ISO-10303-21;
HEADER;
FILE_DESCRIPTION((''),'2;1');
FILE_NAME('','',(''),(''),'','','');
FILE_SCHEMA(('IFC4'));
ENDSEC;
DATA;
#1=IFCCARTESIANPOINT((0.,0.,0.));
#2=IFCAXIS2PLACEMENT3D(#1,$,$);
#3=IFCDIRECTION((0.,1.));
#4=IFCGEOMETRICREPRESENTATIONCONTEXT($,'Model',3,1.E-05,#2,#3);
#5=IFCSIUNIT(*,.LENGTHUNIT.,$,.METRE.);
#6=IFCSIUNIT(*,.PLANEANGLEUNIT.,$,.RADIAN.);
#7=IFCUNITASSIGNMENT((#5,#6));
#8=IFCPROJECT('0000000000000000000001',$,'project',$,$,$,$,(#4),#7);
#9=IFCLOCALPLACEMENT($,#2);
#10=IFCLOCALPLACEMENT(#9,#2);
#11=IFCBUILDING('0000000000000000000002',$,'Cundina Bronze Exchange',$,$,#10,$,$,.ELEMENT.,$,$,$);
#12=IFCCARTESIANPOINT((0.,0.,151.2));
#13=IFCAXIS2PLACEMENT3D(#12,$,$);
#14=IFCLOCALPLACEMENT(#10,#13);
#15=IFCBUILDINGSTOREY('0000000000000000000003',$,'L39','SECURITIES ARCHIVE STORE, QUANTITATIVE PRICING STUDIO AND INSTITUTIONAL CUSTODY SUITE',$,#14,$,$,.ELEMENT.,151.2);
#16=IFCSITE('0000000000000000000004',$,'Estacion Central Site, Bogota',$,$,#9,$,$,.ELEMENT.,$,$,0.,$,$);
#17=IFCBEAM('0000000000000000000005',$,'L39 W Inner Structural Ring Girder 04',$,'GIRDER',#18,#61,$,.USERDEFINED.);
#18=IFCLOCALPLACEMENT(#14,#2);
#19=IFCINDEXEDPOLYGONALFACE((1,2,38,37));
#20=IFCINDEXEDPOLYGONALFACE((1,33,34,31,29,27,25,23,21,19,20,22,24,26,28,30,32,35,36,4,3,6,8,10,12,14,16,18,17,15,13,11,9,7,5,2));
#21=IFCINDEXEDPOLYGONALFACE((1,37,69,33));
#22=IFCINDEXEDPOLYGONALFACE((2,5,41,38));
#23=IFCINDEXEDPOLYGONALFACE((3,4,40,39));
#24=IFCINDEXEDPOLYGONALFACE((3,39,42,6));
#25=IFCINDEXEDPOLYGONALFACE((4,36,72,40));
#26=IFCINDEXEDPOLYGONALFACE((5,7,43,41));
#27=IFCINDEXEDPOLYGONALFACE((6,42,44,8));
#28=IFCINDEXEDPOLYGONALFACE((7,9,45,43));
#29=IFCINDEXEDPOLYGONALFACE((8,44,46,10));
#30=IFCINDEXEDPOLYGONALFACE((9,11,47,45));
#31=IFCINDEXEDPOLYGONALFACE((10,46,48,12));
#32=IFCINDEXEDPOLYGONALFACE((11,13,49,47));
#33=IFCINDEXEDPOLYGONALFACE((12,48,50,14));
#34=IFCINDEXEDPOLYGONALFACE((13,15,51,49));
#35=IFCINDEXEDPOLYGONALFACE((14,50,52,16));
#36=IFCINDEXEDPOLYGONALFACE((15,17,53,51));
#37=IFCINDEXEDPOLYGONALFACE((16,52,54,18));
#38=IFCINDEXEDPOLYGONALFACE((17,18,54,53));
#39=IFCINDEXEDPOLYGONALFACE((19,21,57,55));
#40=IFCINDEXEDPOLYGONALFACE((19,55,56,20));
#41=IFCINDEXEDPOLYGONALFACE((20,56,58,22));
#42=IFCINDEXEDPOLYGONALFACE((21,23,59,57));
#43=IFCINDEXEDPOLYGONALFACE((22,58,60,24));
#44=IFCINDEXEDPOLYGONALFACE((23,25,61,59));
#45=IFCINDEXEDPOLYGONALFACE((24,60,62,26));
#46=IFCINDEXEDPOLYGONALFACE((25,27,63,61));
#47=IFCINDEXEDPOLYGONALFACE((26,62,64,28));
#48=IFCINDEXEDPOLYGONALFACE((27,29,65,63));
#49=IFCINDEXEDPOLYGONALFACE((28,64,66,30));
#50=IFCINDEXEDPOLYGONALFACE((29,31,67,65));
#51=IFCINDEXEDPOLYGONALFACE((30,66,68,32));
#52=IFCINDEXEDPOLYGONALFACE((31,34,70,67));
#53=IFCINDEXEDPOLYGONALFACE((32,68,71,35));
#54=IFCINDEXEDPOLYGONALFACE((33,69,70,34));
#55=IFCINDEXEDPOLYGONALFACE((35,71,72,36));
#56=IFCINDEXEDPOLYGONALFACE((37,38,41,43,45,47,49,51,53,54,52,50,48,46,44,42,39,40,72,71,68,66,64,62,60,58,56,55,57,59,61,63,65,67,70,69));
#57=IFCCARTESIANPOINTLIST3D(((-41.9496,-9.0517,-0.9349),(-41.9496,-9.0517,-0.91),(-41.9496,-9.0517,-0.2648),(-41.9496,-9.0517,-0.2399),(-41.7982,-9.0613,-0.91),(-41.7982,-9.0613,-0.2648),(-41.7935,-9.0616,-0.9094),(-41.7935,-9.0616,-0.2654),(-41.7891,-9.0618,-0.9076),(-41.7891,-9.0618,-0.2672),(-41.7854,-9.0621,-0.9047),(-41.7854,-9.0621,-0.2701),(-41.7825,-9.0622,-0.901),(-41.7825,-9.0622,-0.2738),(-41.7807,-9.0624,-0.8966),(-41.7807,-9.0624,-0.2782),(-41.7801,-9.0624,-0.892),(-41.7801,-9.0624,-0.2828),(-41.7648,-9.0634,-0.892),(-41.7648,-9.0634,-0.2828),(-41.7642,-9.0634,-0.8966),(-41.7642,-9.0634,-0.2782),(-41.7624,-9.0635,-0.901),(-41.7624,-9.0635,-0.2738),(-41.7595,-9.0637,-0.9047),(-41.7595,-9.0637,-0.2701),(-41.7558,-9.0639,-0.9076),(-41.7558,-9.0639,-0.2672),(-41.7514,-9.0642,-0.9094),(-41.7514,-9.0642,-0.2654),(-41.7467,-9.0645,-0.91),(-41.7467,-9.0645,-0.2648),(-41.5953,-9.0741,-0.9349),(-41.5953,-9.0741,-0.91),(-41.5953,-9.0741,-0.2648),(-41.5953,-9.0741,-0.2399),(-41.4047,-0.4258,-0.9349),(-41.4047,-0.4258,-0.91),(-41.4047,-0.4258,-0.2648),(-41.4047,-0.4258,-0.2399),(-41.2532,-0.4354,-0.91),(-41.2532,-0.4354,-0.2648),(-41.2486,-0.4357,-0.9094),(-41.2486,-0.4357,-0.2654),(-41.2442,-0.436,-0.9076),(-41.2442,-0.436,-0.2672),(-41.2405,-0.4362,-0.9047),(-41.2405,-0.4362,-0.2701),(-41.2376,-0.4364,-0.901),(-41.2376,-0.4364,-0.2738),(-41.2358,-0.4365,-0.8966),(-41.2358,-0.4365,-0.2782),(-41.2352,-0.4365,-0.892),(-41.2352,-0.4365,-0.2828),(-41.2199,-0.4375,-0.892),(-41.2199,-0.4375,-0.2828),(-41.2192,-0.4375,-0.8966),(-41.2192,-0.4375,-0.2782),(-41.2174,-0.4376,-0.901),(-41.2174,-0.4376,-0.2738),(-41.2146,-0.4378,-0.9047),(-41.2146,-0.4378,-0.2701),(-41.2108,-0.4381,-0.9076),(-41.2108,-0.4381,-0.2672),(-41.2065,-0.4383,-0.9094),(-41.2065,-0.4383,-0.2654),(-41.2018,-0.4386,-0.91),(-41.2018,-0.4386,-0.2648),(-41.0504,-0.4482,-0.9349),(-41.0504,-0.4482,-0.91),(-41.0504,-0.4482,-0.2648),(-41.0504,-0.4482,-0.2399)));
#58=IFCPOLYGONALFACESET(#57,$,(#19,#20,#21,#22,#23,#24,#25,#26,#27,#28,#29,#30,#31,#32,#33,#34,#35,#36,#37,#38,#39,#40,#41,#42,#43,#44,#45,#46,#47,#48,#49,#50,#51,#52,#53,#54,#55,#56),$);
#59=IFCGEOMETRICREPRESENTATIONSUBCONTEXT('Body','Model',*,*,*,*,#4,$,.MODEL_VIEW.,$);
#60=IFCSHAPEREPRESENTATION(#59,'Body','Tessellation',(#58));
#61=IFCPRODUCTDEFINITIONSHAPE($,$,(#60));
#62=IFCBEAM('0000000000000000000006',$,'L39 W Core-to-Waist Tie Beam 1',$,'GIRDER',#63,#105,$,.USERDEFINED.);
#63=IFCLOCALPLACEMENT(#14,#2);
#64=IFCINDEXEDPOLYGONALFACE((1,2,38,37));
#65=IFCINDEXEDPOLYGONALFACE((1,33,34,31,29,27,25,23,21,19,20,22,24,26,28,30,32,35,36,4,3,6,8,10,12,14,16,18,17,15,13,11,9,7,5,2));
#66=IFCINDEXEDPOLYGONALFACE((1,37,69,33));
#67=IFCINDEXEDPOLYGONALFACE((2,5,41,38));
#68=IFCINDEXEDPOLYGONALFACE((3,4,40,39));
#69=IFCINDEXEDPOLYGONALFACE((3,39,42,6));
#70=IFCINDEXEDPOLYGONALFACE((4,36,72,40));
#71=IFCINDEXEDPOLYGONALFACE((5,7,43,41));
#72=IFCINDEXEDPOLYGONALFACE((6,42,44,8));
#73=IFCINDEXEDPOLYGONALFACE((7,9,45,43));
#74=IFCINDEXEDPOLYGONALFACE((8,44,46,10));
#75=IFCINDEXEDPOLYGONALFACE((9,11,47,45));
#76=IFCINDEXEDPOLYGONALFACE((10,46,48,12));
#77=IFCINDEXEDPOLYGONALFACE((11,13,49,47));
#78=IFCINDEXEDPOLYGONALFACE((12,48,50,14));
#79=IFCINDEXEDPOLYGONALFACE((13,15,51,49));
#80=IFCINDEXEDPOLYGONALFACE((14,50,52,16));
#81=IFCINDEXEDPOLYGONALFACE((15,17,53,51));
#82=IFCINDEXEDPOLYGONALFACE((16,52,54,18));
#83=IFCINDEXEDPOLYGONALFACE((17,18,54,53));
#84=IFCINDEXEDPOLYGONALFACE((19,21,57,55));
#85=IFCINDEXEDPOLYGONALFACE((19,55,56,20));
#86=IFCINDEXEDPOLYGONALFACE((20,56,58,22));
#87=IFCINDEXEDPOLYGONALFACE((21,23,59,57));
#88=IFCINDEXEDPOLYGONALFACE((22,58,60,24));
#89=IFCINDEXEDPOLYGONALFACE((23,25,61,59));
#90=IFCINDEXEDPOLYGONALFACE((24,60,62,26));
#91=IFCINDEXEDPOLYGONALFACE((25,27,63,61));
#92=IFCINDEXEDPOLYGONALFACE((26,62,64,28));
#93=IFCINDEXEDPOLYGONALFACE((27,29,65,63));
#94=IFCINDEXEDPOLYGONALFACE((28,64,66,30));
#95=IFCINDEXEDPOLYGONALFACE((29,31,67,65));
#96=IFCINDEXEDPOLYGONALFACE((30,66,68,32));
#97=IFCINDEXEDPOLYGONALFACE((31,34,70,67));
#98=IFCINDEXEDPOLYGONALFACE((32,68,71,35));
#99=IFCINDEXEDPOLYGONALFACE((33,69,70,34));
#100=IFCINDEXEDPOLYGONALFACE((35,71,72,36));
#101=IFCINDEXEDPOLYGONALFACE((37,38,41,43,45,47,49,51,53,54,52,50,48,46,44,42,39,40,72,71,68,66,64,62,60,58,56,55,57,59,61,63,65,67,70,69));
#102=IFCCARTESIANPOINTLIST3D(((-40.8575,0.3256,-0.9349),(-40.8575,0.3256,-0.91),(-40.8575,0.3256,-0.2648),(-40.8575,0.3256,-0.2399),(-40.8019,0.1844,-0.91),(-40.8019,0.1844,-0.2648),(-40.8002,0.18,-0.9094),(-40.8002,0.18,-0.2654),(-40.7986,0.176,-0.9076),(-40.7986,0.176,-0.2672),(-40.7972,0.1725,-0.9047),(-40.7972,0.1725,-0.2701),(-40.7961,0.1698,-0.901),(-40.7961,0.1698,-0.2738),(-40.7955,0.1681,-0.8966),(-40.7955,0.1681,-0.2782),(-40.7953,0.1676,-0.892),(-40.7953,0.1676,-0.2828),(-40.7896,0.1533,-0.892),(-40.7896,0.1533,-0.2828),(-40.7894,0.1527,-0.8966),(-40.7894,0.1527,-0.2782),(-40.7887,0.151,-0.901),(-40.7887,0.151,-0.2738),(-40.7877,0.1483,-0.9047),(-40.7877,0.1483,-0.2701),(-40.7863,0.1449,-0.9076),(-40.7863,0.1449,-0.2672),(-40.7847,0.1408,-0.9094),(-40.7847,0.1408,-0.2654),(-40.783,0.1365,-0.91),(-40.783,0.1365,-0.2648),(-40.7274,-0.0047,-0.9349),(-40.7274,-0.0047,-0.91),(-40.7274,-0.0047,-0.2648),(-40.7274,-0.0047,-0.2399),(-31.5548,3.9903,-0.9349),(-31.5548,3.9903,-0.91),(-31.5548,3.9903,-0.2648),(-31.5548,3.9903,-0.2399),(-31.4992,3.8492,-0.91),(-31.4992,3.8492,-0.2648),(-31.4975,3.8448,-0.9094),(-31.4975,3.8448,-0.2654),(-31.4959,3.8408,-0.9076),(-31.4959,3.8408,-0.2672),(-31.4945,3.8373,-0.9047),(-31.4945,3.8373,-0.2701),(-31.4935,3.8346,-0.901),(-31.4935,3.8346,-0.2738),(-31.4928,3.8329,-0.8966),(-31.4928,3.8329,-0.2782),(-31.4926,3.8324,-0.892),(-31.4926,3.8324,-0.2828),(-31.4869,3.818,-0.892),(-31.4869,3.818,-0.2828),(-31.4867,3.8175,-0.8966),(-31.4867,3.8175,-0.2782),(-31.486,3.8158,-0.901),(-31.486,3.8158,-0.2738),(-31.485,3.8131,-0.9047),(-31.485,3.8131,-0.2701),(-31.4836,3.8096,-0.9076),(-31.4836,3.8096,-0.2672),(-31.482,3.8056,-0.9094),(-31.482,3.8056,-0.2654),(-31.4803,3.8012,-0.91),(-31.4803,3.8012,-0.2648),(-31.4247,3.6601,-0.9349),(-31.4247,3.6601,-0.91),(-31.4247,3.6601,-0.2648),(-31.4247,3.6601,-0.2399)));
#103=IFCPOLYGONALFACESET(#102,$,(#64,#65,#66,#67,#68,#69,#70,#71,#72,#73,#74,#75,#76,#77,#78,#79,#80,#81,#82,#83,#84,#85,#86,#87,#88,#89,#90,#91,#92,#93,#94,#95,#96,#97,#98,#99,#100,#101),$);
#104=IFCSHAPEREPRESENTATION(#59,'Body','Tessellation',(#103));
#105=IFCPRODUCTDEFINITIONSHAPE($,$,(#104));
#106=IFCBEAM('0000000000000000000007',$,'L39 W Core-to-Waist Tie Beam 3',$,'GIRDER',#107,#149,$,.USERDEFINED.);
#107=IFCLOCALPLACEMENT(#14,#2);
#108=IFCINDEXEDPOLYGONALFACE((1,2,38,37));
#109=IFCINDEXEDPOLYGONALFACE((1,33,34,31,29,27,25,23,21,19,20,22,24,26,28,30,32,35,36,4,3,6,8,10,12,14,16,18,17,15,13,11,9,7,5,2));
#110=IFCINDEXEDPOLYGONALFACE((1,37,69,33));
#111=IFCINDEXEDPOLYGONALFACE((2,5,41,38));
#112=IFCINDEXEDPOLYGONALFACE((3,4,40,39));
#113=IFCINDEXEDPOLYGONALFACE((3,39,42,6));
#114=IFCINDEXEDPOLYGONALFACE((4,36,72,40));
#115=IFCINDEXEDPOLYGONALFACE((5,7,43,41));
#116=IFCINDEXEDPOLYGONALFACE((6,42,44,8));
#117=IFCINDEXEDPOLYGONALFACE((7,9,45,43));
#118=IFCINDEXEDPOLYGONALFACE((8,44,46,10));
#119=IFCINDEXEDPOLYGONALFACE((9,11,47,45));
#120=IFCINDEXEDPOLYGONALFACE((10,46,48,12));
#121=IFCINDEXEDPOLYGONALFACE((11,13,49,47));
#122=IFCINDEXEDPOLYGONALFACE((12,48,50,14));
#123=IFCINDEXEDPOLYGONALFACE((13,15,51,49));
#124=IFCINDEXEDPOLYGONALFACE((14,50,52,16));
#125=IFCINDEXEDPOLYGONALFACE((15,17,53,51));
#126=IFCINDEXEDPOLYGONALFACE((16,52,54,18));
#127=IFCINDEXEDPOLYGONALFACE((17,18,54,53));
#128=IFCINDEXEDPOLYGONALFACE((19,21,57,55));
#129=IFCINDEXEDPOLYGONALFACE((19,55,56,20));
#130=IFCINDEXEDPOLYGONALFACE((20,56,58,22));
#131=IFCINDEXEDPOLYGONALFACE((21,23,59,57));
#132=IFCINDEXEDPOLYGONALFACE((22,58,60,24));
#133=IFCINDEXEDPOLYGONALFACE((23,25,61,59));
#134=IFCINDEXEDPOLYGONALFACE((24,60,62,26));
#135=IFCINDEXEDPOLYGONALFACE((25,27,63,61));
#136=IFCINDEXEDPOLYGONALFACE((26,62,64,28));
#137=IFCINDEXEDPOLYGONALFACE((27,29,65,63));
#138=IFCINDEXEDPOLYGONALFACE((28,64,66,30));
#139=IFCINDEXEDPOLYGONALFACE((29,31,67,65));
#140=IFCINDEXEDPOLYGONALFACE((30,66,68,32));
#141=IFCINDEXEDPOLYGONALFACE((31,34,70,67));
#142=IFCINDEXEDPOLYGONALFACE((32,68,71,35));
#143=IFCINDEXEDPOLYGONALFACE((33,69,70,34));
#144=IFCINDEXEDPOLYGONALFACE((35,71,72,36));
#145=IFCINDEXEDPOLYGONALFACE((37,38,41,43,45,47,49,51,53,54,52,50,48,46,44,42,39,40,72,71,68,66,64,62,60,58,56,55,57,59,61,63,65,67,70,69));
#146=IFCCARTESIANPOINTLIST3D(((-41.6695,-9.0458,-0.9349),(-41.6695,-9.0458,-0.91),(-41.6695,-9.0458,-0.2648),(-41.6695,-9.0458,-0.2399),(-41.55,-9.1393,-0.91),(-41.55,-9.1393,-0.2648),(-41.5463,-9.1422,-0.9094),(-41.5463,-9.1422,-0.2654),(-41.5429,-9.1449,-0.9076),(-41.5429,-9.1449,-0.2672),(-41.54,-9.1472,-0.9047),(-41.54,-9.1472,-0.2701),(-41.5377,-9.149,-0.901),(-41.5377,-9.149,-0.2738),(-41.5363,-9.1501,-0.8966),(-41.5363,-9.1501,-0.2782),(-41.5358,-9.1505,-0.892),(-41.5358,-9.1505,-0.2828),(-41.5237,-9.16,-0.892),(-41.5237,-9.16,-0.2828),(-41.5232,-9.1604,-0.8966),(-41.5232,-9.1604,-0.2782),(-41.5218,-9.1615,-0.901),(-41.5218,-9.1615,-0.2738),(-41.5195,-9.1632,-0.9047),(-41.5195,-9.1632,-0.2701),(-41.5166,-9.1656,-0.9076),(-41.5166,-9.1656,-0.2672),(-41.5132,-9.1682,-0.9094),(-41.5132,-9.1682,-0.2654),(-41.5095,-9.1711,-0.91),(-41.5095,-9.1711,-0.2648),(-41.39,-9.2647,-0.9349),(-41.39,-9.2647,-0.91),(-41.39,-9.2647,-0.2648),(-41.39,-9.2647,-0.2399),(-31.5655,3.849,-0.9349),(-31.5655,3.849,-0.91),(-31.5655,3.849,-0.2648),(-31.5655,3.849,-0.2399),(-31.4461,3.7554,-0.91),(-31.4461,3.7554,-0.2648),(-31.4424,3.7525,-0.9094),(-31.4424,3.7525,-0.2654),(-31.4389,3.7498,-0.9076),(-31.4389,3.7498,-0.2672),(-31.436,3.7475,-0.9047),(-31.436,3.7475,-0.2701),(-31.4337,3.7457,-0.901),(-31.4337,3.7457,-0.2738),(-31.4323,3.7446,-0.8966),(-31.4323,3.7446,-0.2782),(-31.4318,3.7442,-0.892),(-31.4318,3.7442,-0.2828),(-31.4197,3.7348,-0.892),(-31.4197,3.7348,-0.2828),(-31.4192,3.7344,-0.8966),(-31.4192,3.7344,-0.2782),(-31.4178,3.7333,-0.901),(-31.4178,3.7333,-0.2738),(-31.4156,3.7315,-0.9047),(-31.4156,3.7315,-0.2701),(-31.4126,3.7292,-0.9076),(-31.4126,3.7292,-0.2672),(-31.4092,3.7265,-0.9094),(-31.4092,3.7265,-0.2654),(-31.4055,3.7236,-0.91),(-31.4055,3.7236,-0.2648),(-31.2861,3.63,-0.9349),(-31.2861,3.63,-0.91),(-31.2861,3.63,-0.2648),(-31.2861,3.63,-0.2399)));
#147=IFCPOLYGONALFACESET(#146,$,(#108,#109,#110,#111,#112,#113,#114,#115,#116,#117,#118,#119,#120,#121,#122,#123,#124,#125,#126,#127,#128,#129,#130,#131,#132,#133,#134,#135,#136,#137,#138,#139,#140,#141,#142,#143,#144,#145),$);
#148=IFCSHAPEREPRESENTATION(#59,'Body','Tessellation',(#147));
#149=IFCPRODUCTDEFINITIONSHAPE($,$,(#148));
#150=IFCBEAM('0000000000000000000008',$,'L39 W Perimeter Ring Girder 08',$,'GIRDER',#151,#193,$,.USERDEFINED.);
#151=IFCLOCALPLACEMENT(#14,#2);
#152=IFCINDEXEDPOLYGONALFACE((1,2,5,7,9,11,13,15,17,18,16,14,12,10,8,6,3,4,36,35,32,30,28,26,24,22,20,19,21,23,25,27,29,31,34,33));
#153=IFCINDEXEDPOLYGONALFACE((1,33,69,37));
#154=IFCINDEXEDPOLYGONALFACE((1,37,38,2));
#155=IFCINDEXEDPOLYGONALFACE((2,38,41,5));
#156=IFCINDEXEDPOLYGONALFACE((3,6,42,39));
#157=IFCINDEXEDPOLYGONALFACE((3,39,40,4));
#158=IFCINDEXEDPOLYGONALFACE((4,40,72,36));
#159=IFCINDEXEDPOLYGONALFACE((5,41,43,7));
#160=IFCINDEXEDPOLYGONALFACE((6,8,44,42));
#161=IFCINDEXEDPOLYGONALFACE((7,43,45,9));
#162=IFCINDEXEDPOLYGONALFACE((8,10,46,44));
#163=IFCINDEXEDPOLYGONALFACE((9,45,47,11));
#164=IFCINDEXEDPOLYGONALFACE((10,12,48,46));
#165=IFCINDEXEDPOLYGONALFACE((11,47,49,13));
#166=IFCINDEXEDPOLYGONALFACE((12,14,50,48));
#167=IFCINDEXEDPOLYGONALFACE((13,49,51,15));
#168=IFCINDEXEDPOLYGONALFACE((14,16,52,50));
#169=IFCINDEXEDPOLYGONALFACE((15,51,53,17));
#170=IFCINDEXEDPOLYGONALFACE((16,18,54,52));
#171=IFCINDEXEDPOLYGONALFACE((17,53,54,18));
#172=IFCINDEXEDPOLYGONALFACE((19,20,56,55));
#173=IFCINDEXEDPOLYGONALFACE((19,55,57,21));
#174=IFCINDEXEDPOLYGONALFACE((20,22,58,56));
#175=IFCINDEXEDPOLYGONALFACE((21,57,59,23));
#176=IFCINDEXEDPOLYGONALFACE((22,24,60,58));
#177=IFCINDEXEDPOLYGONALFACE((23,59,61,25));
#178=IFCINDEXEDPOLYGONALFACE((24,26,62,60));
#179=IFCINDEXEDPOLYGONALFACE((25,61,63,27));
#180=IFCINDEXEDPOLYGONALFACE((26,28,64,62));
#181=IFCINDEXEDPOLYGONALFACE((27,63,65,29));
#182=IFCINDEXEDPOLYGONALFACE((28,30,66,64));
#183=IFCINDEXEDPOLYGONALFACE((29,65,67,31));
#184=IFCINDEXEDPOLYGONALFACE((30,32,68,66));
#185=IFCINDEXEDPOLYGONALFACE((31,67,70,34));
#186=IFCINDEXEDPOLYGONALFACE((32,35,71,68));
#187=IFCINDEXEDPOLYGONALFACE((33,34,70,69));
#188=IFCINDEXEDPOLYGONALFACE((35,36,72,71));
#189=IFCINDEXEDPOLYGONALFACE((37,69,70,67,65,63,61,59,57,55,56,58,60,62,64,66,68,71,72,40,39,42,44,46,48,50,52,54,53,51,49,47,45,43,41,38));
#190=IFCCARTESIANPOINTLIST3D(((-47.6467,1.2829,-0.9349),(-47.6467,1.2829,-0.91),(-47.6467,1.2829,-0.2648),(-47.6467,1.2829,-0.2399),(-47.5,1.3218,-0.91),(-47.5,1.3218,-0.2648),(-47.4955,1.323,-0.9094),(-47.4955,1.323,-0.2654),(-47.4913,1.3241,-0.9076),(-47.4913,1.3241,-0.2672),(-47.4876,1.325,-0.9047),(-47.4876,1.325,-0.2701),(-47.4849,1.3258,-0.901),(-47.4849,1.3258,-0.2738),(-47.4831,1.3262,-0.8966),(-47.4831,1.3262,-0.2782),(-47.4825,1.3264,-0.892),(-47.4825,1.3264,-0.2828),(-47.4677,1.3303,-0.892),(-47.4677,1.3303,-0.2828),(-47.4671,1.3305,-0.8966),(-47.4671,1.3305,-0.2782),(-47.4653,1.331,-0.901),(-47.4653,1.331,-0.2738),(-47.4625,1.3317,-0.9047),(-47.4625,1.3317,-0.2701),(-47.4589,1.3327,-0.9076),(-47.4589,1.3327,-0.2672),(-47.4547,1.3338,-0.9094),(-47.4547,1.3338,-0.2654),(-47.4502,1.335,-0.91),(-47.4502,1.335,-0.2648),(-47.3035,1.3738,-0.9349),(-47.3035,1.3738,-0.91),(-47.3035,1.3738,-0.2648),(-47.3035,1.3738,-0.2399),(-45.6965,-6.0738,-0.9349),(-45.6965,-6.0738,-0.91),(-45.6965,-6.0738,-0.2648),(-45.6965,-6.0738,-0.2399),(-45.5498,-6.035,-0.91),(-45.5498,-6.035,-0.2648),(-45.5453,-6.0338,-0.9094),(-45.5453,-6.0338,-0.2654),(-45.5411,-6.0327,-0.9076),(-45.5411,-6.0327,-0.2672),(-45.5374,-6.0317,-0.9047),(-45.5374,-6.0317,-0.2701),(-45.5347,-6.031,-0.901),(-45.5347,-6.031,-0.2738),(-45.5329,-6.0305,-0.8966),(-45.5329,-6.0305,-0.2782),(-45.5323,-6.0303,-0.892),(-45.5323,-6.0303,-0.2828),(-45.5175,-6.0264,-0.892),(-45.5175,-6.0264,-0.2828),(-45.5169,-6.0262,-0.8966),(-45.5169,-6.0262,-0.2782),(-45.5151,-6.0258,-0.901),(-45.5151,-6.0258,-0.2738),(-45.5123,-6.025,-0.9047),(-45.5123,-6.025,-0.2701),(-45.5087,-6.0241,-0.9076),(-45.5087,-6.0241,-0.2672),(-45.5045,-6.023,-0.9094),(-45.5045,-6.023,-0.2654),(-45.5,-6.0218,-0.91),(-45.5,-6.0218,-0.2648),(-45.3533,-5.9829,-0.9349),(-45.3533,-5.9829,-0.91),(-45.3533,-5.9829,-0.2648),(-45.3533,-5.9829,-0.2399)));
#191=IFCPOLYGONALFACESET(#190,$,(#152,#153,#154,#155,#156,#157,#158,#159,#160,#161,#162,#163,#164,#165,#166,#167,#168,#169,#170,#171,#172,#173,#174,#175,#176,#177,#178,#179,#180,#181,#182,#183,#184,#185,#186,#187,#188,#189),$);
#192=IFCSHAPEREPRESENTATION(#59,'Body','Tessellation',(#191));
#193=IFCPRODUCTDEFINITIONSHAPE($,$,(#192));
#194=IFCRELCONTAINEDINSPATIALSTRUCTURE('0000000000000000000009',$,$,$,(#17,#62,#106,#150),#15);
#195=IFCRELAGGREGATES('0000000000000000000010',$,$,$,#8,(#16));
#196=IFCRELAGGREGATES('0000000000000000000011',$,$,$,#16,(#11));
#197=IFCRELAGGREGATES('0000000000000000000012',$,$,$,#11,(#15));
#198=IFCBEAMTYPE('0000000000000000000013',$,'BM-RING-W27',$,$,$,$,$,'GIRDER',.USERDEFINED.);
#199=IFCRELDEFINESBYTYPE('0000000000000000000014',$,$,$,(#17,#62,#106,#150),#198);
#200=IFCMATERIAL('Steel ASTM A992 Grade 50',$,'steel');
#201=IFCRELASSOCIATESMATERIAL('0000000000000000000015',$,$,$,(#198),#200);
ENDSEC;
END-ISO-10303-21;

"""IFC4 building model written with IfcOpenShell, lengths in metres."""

from ifc_helpers import new_model, si_unit, direction, frame, origin, origin_2d, place, context, subcontext, project, spatial, i_section, extrude, material, material_profile, profile_set, type_object, element, save


model = new_model("IFC4")

# Units and contexts
model_context = context("Model", 3, precision=1e-05, world=origin(), true_north=direction((0.0, 1.0)))
body_context = subcontext(model_context, "Body", "Model", "MODEL_VIEW")
ifc_project = project(units=[si_unit("LENGTHUNIT", "METRE"), si_unit("PLANEANGLEUNIT", "RADIAN")], contexts=[model_context])

# Site, building, storey
site_placement = place(None, origin())
site = spatial("IfcSite", under=ifc_project, at=site_placement, Name="Estacion Central Site, Bogota", CompositionType="ELEMENT", RefElevation=0.0)
building_placement = place(site_placement, origin())
building = spatial("IfcBuilding", under=site, at=building_placement, Name="Cundina Bronze Exchange", CompositionType="ELEMENT")
storey_placement = place(building_placement, frame((0.0, 0.0, 151.2)))
storey = spatial("IfcBuildingStorey", under=building, at=storey_placement, Name="L39", Description="SECURITIES ARCHIVE STORE, QUANTITATIVE PRICING STUDIO AND INSTITUTIONAL CUSTODY SUITE", CompositionType="ELEMENT", Elevation=151.2)

# Shared definitions
ifc_material_1 = material(Name="Steel ASTM A992 Grade 50", Category="steel")

# Beams
ifc_material_profile_1 = material_profile(ifc_material_1, i_section(OverallWidth=0.355, OverallDepth=0.6951, WebThickness=0.0154, FlangeThickness=0.0249, FilletRadius=0.0181, at=origin_2d()), Name="W27X146", Category="steel")
ifc_profile_set_1 = profile_set([ifc_material_profile_1], Name="Steel ASTM A992 Grade 50")
beam_type_1 = type_object("IfcBeamType", Name="BM-RING-W27", ElementType="GIRDER", PredefinedType="USERDEFINED", material=ifc_profile_set_1)
beam_1_placement = place(storey_placement, frame((-41.2275, -0.437, -0.5874), z_axis=(-0.063047, -0.998011, 0.0), x_axis=(0.998011, -0.063047, 0.0)))
element("IfcBeam", 1, at=beam_1_placement, inside=storey, type_object=beam_type_1, Name="L39 W Inner Structural Ring Girder 04", ObjectType="GIRDER", PredefinedType="USERDEFINED", context=body_context, shape_type="SweptSolid", body=[
    extrude(i_section(OverallWidth=0.355, OverallDepth=0.6951, WebThickness=0.0154, FlangeThickness=0.0249, FilletRadius=0.0181, at=origin_2d()), origin(), (0.0, 0.0, 1.0), 8.6431),
])
beam_2_placement = place(storey_placement, frame((-31.4897, 3.8252, -0.5874), z_axis=(-0.930406, -0.366532, 0.0), x_axis=(0.366532, -0.930406, 0.0)))
element("IfcBeam", 2, at=beam_2_placement, inside=storey, type_object=beam_type_1, Name="L39 W Core-to-Waist Tie Beam 1", ObjectType="GIRDER", PredefinedType="USERDEFINED", context=body_context, shape_type="SweptSolid", body=[
    extrude(i_section(OverallWidth=0.355, OverallDepth=0.6951, WebThickness=0.0154, FlangeThickness=0.0249, FilletRadius=0.0181, at=origin_2d()), origin(), (0.0, 0.0, 1.0), 9.9985),
])
beam_3_placement = place(storey_placement, frame((-31.4258, 3.7395, -0.5874), z_axis=(-0.616779, -0.787136, 0.0), x_axis=(0.787136, -0.616779, 0.0)))
element("IfcBeam", 3, at=beam_3_placement, inside=storey, type_object=beam_type_1, Name="L39 W Core-to-Waist Tie Beam 3", ObjectType="GIRDER", PredefinedType="USERDEFINED", context=body_context, shape_type="SweptSolid", body=[
    extrude(i_section(OverallWidth=0.355, OverallDepth=0.6951, WebThickness=0.0154, FlangeThickness=0.0249, FilletRadius=0.0181, at=origin_2d()), origin(), (0.0, 0.0, 1.0), 16.3818),
])
for number, where, z_axis, x_axis, name in (
    (4, (-47.4751, 1.3284, -0.5874), (0.256241, -0.966613, 0.0), (0.966613, 0.256241, 0.0), "L39 W Perimeter Ring Girder 08"),
):
    element("IfcBeam", number, at=place(storey_placement, frame(where, z_axis=z_axis, x_axis=x_axis)), inside=storey, type_object=beam_type_1, Name=name, ObjectType="GIRDER", PredefinedType="USERDEFINED", context=body_context, shape_type="SweptSolid", body=[
        extrude(i_section(OverallWidth=0.355, OverallDepth=0.6951, WebThickness=0.0154, FlangeThickness=0.0249, FilletRadius=0.0181, at=origin_2d()), origin(), (0.0, 0.0, 1.0), 7.6108),
    ])

save(model, "model.ifc")
